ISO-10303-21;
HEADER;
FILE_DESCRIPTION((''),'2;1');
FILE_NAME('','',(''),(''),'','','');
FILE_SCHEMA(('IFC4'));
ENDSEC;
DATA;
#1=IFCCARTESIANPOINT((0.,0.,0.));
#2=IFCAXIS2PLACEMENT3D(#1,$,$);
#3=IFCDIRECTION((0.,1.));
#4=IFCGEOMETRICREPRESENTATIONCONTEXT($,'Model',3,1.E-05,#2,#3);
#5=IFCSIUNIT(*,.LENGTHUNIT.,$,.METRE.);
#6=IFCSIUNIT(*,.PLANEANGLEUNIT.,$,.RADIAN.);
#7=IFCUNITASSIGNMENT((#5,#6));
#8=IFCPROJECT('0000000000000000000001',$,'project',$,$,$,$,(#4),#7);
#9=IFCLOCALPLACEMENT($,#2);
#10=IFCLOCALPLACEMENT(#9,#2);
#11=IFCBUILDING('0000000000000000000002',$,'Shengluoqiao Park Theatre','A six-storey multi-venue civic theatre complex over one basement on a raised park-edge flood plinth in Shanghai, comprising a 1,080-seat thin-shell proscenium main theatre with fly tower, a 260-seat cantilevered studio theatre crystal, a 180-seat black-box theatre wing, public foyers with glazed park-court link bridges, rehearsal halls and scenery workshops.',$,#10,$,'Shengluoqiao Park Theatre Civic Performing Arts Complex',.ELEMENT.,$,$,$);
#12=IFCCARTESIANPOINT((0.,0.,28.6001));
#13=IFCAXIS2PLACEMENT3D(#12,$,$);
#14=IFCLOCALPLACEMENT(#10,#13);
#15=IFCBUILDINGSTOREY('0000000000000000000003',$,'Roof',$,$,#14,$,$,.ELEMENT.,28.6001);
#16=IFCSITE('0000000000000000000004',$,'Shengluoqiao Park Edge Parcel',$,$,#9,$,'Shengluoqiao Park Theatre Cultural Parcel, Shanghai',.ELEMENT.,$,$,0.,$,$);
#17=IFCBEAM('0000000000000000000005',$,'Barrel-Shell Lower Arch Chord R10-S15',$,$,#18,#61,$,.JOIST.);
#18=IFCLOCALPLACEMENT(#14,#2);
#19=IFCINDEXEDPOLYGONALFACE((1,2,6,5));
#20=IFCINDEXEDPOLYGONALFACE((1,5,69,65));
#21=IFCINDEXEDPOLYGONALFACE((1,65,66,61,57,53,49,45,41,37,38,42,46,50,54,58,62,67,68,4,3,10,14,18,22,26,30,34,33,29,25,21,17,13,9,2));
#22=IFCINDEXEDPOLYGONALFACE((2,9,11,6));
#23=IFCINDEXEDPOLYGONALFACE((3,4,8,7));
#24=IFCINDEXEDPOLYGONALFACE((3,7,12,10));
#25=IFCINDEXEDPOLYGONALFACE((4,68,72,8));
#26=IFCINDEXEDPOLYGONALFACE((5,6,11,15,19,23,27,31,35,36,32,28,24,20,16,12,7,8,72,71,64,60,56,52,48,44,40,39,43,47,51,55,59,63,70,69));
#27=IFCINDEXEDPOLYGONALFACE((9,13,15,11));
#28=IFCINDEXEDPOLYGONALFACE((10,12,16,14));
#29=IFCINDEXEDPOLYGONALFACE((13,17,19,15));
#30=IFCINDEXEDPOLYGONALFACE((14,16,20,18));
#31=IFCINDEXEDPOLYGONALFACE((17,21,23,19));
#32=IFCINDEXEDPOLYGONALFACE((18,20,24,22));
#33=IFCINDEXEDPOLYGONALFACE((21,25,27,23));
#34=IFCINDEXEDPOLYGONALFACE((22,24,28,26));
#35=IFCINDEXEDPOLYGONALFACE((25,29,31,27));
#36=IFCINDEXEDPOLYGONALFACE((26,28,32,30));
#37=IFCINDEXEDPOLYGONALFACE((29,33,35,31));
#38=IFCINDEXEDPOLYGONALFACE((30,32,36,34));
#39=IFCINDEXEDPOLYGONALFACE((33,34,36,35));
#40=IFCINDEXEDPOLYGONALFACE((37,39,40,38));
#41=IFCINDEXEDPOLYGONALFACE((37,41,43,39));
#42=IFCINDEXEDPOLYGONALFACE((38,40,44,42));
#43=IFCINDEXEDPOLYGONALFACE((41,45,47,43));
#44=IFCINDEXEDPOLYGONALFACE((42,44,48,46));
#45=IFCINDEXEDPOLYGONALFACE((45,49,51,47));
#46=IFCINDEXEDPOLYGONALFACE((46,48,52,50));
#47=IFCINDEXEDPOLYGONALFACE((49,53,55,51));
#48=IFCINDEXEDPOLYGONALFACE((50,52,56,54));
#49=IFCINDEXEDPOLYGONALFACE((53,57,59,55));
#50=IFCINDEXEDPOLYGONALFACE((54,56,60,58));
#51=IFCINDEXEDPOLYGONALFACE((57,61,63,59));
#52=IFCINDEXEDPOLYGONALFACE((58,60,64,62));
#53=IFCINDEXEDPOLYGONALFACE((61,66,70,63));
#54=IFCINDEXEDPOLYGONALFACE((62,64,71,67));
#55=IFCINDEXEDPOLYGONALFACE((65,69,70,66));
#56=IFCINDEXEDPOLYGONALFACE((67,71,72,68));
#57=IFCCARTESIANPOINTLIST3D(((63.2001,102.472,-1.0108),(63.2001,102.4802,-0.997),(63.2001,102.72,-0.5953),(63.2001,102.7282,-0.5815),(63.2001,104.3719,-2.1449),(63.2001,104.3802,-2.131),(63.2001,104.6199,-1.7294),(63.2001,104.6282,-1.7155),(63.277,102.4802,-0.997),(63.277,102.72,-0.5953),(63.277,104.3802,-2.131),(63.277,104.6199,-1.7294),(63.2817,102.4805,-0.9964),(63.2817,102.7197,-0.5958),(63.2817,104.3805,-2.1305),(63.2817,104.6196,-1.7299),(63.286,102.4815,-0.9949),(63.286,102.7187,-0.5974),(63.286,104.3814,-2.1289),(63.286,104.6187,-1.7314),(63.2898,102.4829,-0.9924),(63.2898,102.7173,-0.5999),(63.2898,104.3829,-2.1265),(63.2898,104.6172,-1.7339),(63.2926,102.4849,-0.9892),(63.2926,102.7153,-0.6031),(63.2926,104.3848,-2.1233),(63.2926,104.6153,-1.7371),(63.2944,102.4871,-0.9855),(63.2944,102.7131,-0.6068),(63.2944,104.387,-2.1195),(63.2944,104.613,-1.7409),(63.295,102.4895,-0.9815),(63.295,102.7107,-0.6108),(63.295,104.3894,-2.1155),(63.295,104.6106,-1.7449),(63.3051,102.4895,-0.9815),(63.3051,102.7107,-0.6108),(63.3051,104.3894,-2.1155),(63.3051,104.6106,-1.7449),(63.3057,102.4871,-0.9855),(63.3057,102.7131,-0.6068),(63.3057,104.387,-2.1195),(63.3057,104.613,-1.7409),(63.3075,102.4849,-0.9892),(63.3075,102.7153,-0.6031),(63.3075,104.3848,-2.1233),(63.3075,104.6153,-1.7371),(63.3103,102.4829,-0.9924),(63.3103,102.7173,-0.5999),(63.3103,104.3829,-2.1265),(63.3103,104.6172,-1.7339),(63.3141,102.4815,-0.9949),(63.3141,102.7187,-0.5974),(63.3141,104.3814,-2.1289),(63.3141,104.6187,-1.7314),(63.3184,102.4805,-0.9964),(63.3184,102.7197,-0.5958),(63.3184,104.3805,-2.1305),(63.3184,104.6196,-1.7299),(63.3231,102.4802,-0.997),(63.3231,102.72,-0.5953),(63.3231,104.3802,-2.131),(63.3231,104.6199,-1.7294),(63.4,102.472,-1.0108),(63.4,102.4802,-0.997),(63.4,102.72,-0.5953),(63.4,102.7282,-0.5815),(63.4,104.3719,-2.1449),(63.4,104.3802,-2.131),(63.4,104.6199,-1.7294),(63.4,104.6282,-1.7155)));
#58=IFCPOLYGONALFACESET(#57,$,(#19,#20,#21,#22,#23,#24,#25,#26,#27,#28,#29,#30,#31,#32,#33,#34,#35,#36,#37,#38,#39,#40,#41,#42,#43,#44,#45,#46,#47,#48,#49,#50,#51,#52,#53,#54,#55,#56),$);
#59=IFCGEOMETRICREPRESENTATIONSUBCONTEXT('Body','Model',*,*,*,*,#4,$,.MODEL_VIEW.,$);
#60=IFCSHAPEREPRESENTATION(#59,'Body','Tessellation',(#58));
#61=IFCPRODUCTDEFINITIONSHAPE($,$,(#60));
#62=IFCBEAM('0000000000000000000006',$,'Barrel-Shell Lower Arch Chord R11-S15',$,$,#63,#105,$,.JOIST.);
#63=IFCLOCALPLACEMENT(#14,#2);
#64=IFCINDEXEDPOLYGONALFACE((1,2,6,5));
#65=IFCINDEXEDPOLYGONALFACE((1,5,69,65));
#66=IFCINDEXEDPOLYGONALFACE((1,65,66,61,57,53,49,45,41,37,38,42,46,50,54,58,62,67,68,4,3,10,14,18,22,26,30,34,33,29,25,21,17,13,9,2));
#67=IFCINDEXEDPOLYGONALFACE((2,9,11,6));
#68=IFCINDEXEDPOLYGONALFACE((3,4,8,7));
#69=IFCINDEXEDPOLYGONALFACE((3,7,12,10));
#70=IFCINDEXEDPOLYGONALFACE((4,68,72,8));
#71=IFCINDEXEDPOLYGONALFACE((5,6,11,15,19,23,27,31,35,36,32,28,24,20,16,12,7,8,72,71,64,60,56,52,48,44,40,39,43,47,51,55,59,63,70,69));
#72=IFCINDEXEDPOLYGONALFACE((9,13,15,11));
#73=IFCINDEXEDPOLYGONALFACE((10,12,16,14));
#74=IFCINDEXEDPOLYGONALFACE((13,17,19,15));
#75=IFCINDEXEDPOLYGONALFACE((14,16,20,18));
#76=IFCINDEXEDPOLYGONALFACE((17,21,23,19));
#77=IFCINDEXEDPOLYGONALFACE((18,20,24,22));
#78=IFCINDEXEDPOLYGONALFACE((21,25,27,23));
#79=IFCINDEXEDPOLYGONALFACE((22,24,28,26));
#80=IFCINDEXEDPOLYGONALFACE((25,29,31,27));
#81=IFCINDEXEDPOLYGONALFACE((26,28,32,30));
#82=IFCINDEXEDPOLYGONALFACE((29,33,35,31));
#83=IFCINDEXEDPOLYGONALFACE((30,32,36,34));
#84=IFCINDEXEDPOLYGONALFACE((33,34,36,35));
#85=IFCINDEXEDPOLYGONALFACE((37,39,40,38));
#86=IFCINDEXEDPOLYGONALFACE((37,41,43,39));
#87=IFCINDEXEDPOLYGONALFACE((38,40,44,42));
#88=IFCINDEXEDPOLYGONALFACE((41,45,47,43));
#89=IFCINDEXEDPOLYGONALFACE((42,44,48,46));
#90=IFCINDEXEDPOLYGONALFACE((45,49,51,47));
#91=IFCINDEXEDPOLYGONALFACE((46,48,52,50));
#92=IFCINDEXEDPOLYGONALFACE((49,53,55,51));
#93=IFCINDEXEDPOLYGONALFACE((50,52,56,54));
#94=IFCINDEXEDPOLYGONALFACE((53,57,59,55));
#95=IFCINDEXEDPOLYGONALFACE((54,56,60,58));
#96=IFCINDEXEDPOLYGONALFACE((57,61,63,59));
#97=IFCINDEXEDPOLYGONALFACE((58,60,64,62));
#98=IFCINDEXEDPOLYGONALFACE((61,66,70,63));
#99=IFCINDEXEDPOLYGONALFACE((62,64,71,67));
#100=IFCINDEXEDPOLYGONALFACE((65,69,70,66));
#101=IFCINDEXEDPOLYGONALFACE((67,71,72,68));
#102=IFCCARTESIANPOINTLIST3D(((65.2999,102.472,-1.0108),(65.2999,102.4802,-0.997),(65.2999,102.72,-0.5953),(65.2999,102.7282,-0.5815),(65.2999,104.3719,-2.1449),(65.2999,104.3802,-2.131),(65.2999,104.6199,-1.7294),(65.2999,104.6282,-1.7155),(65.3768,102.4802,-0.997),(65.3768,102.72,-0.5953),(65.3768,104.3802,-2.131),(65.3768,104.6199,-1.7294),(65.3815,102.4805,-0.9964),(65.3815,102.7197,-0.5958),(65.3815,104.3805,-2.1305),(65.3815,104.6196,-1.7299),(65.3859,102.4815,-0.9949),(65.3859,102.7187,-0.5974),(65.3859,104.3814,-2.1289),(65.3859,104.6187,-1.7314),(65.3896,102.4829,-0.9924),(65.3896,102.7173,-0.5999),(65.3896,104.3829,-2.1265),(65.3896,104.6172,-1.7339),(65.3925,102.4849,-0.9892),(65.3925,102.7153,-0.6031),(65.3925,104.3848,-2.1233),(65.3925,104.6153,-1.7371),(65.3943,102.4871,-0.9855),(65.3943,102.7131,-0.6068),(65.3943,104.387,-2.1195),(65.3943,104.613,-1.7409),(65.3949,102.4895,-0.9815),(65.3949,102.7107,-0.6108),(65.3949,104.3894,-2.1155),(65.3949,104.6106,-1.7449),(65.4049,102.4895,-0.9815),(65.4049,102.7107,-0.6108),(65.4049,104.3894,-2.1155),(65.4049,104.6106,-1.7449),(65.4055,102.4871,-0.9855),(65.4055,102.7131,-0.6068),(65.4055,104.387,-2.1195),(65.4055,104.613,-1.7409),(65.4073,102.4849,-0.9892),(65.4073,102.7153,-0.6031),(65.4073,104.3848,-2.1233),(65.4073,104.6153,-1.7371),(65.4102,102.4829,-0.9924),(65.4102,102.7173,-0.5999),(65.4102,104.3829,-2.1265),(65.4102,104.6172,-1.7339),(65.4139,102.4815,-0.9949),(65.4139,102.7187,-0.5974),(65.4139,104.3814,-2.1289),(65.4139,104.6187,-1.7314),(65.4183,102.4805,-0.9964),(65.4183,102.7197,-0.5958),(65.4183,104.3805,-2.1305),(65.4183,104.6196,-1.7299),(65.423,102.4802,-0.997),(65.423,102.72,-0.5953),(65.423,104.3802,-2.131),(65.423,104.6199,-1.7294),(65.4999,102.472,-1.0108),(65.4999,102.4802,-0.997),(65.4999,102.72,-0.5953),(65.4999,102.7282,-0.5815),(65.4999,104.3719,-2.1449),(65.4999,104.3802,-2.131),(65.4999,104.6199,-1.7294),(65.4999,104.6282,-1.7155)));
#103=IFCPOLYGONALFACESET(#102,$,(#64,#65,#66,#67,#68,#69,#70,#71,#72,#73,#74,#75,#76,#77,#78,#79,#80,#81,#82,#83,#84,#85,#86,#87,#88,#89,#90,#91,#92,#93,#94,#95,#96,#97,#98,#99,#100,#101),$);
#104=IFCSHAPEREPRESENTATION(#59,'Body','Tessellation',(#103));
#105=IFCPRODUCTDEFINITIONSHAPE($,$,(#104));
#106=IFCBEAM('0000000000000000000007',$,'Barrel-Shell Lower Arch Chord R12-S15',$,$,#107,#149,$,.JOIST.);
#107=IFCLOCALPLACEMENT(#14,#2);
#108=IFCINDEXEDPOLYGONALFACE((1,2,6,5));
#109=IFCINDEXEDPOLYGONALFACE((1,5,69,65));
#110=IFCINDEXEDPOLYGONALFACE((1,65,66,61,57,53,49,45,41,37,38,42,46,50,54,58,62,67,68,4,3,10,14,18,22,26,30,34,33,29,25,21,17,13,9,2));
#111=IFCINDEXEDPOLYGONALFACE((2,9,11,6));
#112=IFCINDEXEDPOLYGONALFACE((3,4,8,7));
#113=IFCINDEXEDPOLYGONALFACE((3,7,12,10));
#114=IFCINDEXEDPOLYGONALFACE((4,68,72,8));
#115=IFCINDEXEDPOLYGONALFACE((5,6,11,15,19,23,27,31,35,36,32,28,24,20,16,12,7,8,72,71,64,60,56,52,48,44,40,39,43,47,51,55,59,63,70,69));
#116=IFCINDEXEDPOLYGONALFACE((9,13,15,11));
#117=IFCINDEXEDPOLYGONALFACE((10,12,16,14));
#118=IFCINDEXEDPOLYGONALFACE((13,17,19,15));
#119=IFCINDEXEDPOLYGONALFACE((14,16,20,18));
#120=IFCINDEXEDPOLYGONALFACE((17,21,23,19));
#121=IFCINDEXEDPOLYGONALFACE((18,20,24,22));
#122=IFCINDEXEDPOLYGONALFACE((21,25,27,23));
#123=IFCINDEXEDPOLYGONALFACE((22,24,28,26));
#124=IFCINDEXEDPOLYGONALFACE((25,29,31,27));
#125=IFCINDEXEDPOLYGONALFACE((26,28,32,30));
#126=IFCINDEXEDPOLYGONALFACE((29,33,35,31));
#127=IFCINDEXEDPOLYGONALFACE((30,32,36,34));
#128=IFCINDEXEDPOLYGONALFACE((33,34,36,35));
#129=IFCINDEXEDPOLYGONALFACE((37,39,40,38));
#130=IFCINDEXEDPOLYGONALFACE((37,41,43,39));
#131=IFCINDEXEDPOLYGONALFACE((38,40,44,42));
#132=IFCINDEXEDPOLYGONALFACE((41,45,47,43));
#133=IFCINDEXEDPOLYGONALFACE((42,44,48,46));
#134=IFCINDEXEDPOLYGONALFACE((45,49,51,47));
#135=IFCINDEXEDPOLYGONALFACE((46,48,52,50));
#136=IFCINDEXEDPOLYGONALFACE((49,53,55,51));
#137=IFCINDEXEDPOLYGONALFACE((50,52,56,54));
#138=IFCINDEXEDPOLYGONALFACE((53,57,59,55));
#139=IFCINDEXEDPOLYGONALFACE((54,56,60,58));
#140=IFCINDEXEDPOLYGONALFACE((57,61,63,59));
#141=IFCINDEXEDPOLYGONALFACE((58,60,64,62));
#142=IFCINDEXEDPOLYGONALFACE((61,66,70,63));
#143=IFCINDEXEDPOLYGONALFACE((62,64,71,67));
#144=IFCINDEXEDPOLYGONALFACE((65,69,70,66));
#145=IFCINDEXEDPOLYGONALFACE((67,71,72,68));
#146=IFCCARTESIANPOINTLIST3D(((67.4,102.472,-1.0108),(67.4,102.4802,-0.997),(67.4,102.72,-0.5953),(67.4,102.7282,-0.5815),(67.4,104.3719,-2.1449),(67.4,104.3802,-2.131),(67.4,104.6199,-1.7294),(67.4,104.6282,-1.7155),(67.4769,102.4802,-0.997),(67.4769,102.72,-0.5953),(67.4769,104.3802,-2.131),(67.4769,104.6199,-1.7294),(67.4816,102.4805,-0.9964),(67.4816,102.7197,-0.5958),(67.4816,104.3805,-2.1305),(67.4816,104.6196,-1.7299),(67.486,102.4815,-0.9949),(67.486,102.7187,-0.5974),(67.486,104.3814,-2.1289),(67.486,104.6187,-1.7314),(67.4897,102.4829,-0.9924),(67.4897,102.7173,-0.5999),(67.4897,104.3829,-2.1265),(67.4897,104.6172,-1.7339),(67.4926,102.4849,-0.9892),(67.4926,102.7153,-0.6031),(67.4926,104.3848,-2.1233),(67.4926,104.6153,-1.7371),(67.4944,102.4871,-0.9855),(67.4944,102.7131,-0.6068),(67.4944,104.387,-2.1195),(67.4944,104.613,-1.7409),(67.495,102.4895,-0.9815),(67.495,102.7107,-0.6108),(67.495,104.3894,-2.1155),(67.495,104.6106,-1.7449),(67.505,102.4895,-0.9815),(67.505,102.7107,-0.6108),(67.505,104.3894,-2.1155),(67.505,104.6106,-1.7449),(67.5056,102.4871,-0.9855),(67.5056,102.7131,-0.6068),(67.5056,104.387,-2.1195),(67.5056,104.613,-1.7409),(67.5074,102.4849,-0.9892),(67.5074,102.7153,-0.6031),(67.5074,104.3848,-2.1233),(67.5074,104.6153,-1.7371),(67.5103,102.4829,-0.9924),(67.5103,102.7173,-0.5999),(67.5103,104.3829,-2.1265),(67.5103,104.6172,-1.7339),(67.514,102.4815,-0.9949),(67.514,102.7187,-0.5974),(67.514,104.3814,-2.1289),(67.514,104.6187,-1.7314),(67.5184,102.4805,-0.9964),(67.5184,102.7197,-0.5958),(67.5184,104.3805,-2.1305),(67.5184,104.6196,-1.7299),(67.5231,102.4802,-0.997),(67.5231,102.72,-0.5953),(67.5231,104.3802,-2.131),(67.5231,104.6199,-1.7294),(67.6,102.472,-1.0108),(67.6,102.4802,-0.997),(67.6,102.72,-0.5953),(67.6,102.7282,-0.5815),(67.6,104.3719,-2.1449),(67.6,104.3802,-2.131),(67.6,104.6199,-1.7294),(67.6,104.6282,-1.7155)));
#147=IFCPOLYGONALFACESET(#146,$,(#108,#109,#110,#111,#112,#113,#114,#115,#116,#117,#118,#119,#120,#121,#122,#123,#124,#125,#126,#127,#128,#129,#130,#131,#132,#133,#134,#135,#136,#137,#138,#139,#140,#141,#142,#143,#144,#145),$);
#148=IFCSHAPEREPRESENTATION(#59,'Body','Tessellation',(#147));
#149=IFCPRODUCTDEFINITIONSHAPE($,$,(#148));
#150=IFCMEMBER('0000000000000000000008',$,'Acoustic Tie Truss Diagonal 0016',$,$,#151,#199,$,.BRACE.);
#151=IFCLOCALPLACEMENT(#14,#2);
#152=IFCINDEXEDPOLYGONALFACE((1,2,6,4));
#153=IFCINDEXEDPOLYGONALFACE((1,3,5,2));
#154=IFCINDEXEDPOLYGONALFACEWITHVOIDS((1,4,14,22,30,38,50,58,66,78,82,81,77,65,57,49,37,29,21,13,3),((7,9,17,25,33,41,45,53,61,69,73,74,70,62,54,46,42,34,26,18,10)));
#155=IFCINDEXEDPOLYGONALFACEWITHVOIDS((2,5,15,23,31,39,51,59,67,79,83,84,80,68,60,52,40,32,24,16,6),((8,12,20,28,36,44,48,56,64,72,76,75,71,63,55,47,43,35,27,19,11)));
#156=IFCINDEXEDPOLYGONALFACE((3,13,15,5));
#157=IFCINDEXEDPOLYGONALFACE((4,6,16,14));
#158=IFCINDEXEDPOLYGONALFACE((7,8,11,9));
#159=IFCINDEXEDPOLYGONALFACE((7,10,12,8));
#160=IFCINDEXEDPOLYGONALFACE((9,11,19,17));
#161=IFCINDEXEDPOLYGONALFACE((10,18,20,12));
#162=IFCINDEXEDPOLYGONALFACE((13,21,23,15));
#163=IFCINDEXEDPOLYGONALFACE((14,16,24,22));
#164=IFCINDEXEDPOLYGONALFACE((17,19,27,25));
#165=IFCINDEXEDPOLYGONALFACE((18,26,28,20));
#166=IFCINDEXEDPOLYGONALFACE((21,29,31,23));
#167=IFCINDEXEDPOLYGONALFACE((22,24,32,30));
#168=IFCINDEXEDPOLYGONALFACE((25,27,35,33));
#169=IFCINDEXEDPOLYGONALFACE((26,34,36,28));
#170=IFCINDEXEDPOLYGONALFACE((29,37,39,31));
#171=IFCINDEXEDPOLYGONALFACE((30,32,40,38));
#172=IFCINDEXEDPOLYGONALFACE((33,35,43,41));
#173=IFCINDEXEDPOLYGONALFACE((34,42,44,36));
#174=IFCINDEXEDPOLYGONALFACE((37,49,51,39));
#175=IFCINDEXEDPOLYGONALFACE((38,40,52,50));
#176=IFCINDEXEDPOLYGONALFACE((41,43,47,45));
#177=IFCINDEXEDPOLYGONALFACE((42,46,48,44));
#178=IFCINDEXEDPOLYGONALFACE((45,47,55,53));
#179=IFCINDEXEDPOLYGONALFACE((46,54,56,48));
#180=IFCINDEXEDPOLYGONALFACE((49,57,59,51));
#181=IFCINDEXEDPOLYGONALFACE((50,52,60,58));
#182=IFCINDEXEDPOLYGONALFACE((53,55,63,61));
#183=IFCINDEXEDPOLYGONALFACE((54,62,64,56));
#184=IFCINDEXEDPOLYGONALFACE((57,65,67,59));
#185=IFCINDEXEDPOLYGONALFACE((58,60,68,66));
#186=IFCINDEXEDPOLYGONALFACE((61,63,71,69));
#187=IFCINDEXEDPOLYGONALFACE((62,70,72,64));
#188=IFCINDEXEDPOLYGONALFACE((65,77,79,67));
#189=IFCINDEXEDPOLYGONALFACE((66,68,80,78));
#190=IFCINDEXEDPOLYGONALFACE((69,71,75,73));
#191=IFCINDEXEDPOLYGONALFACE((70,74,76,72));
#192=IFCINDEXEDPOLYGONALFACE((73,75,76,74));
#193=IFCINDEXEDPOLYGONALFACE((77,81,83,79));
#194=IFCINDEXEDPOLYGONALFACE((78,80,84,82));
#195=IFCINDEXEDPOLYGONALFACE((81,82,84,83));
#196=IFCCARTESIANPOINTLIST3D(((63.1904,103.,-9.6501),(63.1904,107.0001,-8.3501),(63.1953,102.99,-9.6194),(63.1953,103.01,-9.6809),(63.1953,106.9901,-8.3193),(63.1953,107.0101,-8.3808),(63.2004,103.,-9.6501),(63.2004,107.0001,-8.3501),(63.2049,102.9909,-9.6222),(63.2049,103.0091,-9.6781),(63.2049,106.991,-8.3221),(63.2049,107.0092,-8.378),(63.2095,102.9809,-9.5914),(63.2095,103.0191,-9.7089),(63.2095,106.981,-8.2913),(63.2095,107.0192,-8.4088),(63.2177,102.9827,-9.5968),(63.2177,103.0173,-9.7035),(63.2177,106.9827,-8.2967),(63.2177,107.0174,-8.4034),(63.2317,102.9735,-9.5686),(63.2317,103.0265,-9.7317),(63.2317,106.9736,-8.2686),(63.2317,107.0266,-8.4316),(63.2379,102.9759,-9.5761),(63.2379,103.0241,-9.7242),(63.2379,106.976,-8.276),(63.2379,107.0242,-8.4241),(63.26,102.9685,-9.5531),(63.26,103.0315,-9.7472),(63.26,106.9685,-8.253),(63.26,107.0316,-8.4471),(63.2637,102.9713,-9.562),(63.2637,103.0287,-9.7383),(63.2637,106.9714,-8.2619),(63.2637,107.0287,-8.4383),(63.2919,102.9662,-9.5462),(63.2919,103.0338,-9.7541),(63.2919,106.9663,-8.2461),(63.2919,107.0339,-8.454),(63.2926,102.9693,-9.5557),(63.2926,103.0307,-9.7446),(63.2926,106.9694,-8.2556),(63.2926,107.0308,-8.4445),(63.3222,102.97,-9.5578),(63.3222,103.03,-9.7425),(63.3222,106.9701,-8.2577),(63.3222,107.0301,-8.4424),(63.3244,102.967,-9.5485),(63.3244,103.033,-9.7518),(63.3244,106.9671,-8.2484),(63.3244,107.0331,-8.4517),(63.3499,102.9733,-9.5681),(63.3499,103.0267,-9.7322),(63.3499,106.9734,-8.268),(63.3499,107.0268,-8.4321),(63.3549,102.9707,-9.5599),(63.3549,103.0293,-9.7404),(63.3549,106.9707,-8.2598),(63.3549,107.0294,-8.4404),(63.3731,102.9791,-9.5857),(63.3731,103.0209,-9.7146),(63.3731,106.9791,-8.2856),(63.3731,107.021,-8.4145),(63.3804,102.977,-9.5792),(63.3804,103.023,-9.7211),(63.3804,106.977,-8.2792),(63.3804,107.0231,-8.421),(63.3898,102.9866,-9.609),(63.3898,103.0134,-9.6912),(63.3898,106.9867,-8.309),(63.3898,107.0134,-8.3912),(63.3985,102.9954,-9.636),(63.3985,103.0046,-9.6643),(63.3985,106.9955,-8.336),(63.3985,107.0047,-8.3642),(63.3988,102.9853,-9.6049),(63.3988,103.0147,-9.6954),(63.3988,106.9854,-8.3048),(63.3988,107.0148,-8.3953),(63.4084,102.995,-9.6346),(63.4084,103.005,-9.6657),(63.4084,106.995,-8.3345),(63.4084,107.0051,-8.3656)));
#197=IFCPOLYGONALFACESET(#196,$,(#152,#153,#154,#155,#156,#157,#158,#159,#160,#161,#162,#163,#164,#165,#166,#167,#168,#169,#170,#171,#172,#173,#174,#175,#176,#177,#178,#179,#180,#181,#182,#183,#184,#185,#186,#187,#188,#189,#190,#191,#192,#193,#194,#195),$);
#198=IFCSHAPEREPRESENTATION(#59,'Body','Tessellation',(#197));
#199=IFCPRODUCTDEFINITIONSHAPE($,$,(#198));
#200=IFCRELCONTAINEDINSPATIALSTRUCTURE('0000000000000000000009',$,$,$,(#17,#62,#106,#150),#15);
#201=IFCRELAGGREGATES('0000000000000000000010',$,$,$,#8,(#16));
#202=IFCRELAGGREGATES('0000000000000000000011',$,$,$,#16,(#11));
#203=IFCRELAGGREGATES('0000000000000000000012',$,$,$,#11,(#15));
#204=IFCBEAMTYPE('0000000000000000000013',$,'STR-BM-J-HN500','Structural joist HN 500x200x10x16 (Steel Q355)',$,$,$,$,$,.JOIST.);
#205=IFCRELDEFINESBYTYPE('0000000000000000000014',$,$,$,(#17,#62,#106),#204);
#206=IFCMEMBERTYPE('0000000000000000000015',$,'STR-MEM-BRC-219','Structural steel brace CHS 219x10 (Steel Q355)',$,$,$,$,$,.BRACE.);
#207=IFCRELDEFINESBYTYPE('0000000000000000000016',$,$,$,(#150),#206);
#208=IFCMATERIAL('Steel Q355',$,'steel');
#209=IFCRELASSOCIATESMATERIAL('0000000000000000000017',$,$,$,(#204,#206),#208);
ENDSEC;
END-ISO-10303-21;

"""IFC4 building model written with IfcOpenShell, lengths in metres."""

from ifc_helpers import new_model, si_unit, direction, frame, origin, origin_2d, place, context, subcontext, project, spatial, hollow_circle, i_section, extrude, material, material_profile, profile_set, type_object, element, save


model = new_model("IFC4")

# Units and contexts
model_context = context("Model", 3, precision=1e-05, world=origin(), true_north=direction((0.0, 1.0)))
body_context = subcontext(model_context, "Body", "Model", "MODEL_VIEW")
ifc_project = project(units=[si_unit("LENGTHUNIT", "METRE"), si_unit("PLANEANGLEUNIT", "RADIAN")], contexts=[model_context])

# Site, building, storey
site_placement = place(None, origin())
site = spatial("IfcSite", under=ifc_project, at=site_placement, Name="Shengluoqiao Park Edge Parcel", LongName="Shengluoqiao Park Theatre Cultural Parcel, Shanghai", CompositionType="ELEMENT", RefElevation=0.0)
building_placement = place(site_placement, origin())
building = spatial("IfcBuilding", under=site, at=building_placement, Name="Shengluoqiao Park Theatre", Description="A six-storey multi-venue civic theatre complex over one basement on a raised park-edge flood plinth in Shanghai, comprising a 1,080-seat thin-shell proscenium main theatre with fly tower, a 260-seat cantilevered studio theatre crystal, a 180-seat black-box theatre wing, public foyers with glazed park-court link bridges, rehearsal halls and scenery workshops.", LongName="Shengluoqiao Park Theatre Civic Performing Arts Complex", CompositionType="ELEMENT")
storey_placement = place(building_placement, frame((0.0, 0.0, 28.6001)))
storey = spatial("IfcBuildingStorey", under=building, at=storey_placement, Name="Roof", CompositionType="ELEMENT", Elevation=28.6001)

# Beams
ifc_material = material(Name="Steel Q355", Category="steel")
ifc_material_profile_1 = material_profile(ifc_material, i_section(OverallWidth=0.2, OverallDepth=0.5, WebThickness=0.01, FlangeThickness=0.0161, FilletRadius=0.0181, at=origin_2d()), Name="HN 500x200x10x16")
ifc_profile_set_1 = profile_set([ifc_material_profile_1], Name="Steel Q355")
beam_type_1 = type_object("IfcBeamType", Name="STR-BM-J-HN500", Description="Structural joist HN 500x200x10x16 (Steel Q355)", PredefinedType="JOIST", material=ifc_profile_set_1)
for number, where, z_axis, x_axis, name in (
    (1, (63.3, 102.6001, -0.7961), (0.0, 0.858669, -0.512531), (-1.0, 0.0, 0.0), "Barrel-Shell Lower Arch Chord R10-S15"),
    (2, (65.3999, 102.6001, -0.7961), (0.0, 0.858669, -0.512531), (-1.0, 0.0, 0.0), "Barrel-Shell Lower Arch Chord R11-S15"),
    (3, (67.5, 102.6001, -0.7961), (0.0, 0.858669, -0.512531), (-1.0, 0.0, 0.0), "Barrel-Shell Lower Arch Chord R12-S15"),
):
    element("IfcBeam", number, at=place(storey_placement, frame(where, z_axis=z_axis, x_axis=x_axis)), inside=storey, type_object=beam_type_1, Name=name, PredefinedType="JOIST", context=body_context, shape_type="SweptSolid", body=[
        extrude(i_section(OverallWidth=0.2, OverallDepth=0.5, WebThickness=0.01, FlangeThickness=0.0161, FilletRadius=0.0181, at=origin_2d()), origin(), (0.0, 0.0, 1.0), 2.2126),
    ])

# Member
ifc_material_profile_2 = material_profile(ifc_material, hollow_circle(Radius=0.1096, WallThickness=0.01, at=origin_2d()), Name="CHS 219x10")
ifc_profile_set_2 = profile_set([ifc_material_profile_2], Name="Steel Q355")
member_type_1 = type_object("IfcMemberType", Name="STR-MEM-BRC-219", Description="Structural steel brace CHS 219x10 (Steel Q355)", PredefinedType="BRACE", material=ifc_profile_set_2)
member_placement = place(storey_placement, frame((63.3, 103.0, -9.6501), z_axis=(0.0, 0.951031, 0.309097), x_axis=(-1.0, 0.0, 0.0)))
element("IfcMember", 4, at=member_placement, inside=storey, type_object=member_type_1, Name="Acoustic Tie Truss Diagonal 0016", PredefinedType="BRACE", context=body_context, shape_type="SweptSolid", body=[
    extrude(hollow_circle(Radius=0.1096, WallThickness=0.01, at=origin_2d()), origin(), (0.0, 0.0, 1.0), 4.2061),
])

save(model, "model.ifc")
